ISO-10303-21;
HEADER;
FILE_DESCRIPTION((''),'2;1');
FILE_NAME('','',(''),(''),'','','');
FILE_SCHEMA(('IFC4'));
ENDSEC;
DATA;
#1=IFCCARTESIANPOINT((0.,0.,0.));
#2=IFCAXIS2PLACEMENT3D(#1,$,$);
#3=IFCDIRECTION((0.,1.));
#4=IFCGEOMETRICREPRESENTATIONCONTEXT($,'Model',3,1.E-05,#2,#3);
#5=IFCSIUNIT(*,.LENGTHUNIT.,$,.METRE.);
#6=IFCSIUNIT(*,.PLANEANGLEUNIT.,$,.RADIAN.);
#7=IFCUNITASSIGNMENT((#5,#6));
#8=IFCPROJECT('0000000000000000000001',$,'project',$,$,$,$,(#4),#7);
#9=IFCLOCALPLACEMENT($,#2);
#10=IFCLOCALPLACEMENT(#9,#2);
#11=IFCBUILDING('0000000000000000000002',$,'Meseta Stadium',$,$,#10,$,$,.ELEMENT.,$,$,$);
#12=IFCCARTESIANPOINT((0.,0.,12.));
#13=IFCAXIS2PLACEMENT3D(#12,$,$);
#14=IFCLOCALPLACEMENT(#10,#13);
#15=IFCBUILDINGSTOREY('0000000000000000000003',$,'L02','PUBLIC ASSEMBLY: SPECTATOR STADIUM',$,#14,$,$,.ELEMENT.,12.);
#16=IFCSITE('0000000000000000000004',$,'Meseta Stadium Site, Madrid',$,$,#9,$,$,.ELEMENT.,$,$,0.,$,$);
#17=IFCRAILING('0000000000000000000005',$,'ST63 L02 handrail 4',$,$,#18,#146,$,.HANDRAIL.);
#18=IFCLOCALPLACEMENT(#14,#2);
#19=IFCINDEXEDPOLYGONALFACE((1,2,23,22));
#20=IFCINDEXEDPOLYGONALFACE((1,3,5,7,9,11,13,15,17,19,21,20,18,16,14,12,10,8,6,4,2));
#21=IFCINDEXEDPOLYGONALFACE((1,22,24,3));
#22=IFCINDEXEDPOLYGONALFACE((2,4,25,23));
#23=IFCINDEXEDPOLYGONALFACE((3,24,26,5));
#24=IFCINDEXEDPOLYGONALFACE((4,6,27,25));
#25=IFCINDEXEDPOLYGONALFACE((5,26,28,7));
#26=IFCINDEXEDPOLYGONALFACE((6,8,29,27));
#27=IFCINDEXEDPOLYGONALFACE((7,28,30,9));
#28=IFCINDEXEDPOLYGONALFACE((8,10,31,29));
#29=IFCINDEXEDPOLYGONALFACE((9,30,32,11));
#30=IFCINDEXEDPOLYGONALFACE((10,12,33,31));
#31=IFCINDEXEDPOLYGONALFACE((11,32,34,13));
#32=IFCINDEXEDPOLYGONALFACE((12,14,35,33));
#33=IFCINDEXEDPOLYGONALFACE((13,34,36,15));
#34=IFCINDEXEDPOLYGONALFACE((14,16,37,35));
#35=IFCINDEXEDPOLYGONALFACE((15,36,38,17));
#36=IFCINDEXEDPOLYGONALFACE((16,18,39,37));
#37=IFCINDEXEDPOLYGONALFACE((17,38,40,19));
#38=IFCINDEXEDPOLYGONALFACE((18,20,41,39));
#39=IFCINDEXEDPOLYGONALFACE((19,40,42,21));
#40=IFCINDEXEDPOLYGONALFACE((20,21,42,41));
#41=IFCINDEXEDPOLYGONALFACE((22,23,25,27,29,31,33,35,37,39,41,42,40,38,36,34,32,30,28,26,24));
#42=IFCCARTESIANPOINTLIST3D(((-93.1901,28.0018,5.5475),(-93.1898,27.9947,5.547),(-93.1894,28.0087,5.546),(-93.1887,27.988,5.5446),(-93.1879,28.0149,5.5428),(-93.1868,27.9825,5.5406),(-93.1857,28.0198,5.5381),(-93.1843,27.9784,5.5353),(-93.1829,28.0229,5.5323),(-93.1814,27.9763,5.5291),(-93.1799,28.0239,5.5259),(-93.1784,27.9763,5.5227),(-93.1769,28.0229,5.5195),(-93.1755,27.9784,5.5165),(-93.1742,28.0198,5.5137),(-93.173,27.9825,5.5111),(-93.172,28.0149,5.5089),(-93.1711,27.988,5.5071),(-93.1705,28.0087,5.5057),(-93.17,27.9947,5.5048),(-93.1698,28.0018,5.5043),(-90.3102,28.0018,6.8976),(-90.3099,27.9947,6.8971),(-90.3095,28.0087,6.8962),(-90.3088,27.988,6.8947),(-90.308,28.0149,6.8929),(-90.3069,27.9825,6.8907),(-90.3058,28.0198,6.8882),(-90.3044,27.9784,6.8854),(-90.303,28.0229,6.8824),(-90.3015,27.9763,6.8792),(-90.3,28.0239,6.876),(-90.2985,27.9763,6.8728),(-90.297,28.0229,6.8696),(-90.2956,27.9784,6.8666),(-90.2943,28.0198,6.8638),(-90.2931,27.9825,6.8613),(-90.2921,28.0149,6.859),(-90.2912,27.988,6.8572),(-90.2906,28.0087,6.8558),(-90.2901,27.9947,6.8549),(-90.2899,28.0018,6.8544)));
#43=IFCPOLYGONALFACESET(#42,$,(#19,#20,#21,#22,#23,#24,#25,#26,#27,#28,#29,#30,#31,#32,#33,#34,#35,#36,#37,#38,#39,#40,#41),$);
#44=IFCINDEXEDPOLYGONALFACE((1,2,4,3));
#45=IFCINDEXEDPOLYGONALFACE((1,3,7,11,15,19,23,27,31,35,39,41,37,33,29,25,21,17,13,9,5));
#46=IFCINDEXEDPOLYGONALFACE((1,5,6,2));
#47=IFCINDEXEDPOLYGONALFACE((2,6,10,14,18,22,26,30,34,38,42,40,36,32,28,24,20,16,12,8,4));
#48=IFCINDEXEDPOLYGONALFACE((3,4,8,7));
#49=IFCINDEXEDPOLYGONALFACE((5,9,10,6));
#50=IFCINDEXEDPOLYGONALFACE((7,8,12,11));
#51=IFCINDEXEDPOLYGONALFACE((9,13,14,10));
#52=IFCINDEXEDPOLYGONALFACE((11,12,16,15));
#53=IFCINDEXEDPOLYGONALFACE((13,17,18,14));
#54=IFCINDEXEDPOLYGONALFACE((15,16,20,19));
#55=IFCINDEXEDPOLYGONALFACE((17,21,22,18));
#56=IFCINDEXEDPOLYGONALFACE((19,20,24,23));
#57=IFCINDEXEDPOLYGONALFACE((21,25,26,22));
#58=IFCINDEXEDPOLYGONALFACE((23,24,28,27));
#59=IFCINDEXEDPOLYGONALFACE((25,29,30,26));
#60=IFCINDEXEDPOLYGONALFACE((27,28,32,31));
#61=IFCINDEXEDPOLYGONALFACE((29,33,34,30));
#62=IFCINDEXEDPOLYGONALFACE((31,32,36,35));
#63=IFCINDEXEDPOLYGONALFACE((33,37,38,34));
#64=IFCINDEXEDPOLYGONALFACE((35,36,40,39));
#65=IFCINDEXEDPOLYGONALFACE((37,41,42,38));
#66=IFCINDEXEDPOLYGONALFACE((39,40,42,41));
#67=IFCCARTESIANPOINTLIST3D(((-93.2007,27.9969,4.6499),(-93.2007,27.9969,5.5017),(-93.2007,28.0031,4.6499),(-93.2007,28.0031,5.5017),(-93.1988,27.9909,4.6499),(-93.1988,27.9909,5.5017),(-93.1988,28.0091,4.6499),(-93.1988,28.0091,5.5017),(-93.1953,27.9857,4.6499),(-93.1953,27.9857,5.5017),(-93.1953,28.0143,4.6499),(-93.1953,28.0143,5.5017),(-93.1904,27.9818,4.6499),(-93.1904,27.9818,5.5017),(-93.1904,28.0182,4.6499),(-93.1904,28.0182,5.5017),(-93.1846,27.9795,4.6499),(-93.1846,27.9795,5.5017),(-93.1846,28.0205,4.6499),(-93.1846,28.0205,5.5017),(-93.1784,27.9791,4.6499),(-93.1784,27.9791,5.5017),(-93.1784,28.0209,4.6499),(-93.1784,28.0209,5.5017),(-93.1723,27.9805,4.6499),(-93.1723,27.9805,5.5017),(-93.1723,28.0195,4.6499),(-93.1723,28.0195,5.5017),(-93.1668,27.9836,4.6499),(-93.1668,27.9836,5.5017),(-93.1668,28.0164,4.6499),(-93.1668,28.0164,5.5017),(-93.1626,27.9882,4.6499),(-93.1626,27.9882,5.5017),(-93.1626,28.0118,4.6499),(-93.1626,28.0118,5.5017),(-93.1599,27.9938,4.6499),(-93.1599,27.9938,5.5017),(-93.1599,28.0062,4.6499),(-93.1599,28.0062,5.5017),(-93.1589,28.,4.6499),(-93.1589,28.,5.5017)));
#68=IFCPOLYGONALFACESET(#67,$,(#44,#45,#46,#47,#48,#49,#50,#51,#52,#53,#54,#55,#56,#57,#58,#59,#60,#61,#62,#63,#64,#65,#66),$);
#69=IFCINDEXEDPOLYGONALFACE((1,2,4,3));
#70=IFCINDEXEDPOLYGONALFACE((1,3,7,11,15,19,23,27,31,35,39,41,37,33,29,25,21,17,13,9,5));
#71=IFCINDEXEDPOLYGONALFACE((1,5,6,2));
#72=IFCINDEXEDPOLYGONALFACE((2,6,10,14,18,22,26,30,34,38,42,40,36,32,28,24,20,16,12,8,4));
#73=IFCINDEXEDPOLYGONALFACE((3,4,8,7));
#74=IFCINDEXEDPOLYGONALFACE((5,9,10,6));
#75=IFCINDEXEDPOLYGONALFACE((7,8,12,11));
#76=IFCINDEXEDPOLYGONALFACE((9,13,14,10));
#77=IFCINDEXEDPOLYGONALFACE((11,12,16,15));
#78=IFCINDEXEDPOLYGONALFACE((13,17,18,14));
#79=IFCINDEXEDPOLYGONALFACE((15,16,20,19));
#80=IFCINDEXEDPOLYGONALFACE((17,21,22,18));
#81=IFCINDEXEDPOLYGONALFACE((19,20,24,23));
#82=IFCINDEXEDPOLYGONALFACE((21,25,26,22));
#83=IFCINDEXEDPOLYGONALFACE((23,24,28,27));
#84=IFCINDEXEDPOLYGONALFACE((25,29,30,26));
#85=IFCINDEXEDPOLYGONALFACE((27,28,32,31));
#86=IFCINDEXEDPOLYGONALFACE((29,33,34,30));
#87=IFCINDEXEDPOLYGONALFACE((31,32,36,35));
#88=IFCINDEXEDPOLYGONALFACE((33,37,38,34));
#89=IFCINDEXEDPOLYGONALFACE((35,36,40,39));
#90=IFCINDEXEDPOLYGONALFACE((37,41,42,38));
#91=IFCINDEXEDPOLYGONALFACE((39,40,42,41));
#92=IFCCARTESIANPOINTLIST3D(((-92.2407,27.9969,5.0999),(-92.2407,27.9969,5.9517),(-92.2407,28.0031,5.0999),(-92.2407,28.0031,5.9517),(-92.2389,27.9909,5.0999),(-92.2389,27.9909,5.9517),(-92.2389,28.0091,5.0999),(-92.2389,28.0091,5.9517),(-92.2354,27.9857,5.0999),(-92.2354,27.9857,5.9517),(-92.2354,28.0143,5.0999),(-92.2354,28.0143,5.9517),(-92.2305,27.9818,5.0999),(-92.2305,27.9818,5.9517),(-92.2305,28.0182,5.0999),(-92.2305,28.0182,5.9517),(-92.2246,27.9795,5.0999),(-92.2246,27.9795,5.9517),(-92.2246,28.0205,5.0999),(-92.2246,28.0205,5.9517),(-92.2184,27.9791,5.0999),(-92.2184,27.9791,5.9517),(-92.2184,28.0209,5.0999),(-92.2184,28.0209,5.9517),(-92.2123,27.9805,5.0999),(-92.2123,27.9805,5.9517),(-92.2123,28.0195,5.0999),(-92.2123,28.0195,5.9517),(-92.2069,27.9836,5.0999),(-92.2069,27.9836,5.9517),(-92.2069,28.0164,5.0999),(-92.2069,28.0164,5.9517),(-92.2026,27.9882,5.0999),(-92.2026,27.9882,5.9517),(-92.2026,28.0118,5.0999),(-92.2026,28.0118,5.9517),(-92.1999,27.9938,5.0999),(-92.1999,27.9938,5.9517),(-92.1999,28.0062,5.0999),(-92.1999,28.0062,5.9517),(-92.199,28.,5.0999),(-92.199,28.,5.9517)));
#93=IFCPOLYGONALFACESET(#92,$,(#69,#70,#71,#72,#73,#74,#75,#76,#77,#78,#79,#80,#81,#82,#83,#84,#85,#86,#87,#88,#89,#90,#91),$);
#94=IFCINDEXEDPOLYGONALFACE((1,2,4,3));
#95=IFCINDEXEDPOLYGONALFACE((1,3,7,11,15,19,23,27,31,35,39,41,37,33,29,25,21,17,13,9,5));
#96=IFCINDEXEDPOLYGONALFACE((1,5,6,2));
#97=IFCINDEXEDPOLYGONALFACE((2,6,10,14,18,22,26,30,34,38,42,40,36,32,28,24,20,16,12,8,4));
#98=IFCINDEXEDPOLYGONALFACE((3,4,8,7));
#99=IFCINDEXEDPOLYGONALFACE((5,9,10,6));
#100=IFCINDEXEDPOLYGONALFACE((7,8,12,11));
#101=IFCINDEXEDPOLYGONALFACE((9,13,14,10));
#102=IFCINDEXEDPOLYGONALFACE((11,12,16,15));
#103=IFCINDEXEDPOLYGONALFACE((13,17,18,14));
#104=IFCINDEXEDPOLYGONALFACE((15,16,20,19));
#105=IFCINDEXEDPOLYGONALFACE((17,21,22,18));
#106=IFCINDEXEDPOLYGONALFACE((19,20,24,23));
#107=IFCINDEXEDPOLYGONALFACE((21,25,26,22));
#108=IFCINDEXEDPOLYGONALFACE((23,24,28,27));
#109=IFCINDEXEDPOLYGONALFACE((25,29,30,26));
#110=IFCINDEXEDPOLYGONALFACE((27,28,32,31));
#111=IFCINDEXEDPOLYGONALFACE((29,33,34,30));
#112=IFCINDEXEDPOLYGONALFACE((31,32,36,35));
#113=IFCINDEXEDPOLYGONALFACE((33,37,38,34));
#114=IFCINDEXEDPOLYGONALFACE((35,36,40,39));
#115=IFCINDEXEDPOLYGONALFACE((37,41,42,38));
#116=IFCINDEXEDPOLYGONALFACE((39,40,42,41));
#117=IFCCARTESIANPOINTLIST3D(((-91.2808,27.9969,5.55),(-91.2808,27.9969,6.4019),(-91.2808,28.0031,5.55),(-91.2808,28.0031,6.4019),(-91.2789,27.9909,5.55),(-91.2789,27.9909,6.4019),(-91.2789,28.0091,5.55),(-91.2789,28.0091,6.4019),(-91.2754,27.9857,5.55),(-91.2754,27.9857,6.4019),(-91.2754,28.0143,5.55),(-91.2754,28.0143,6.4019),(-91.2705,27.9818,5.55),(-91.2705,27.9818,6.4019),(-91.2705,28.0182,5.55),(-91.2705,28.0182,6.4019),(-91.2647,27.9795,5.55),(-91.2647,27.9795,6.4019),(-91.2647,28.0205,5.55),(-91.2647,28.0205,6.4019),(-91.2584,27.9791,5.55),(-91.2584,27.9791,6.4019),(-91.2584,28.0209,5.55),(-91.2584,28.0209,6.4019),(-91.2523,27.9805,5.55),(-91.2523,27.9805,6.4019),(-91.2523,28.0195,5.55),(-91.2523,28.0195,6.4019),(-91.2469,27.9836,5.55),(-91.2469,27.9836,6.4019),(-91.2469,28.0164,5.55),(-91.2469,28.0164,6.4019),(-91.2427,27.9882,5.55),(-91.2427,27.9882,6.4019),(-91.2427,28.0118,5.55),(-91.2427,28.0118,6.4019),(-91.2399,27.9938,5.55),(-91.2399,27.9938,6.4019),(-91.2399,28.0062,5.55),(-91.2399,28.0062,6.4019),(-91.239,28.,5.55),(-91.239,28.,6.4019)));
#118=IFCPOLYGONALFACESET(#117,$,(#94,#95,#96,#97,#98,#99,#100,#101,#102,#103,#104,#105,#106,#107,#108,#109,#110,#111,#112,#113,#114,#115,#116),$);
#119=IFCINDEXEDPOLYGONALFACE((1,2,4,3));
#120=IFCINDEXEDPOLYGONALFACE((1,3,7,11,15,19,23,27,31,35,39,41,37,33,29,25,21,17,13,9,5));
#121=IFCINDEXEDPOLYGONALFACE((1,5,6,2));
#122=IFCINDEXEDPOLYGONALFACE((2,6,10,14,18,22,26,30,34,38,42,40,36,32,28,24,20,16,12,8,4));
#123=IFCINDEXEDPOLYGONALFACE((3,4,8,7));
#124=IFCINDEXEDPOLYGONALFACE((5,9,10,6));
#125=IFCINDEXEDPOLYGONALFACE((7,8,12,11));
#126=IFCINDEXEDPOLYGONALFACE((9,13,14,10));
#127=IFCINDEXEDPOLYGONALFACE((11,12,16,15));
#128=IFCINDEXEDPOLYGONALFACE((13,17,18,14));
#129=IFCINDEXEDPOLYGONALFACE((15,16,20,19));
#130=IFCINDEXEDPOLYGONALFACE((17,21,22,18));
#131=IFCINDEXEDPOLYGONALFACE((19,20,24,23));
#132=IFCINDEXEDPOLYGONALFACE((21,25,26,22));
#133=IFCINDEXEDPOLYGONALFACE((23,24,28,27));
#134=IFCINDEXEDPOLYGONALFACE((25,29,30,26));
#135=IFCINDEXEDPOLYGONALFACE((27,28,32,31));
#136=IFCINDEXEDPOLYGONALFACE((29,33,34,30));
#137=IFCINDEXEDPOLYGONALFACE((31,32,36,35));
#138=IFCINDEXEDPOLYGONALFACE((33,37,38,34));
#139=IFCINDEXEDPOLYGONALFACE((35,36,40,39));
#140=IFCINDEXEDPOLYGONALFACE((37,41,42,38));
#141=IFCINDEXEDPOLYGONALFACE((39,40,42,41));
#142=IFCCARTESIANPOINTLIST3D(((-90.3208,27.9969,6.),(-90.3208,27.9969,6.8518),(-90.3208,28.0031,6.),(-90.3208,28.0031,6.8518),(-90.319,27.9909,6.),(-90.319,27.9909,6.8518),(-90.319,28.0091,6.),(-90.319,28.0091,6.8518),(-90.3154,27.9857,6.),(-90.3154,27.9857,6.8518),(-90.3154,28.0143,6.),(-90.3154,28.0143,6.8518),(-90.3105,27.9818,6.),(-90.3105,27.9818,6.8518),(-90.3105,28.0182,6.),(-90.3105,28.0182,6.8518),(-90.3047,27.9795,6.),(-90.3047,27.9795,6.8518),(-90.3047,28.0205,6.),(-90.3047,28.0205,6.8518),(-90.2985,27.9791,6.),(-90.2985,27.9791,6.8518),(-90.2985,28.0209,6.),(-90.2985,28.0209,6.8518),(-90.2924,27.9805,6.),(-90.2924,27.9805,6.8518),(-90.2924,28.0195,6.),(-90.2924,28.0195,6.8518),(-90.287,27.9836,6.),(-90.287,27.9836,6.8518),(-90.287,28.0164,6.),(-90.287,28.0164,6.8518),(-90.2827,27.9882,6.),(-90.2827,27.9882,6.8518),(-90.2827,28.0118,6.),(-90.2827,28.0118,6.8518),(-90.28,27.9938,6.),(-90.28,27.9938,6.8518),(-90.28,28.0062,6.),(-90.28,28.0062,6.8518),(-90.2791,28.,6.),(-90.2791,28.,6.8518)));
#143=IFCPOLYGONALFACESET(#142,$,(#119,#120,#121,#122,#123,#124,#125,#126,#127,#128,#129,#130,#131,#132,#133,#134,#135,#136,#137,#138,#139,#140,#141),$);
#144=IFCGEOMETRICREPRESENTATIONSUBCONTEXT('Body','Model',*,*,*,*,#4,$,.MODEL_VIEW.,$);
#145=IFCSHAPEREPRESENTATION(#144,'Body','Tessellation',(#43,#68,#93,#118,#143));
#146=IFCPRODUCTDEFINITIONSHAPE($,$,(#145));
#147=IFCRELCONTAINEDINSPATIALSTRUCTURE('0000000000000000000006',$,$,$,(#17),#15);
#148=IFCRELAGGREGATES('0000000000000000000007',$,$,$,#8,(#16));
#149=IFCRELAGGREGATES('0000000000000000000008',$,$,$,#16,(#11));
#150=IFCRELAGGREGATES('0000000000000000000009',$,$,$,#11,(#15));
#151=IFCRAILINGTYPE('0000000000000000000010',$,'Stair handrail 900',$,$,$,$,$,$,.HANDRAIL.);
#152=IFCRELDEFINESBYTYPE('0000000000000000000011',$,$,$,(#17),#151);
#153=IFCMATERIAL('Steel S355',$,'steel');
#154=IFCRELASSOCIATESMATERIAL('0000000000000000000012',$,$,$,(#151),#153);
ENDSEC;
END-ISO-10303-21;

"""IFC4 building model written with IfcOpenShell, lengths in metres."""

from ifc_helpers import new_model, si_unit, direction, frame, origin, origin_2d, place, context, subcontext, project, spatial, circle, extrude, material, type_object, element, save


model = new_model("IFC4")

# Units and contexts
model_context = context("Model", 3, precision=1e-05, world=origin(), true_north=direction((0.0, 1.0)))
body_context = subcontext(model_context, "Body", "Model", "MODEL_VIEW")
ifc_project = project(units=[si_unit("LENGTHUNIT", "METRE"), si_unit("PLANEANGLEUNIT", "RADIAN")], contexts=[model_context])

# Site, building, storey
site_placement = place(None, origin())
site = spatial("IfcSite", under=ifc_project, at=site_placement, Name="Meseta Stadium Site, Madrid", CompositionType="ELEMENT", RefElevation=0.0)
building_placement = place(site_placement, origin())
building = spatial("IfcBuilding", under=site, at=building_placement, Name="Meseta Stadium", CompositionType="ELEMENT")
storey_placement = place(building_placement, frame((0.0, 0.0, 12.0)))
storey = spatial("IfcBuildingStorey", under=building, at=storey_placement, Name="L02", Description="PUBLIC ASSEMBLY: SPECTATOR STADIUM", CompositionType="ELEMENT", Elevation=12.0)

# Railing
ifc_material_1 = material(Name="Steel S355", Category="steel")
railing_type_1 = type_object("IfcRailingType", Name="Stair handrail 900", PredefinedType="HANDRAIL", material=ifc_material_1)
for number, where, name in (
    (1, (-93.1799, 28.0, 4.6499), "ST63 L02 handrail 4"),
):
    element("IfcRailing", number, at=place(storey_placement, frame(where)), inside=storey, type_object=railing_type_1, Name=name, PredefinedType="HANDRAIL", context=body_context, shape_type="SweptSolid", body=[
        extrude(circle(Radius=0.0239, at=origin_2d()), frame((0.0, 0.0, 0.876), z_axis=(0.90544, 0.0, 0.424473), x_axis=(0.0, 1.0, 0.0)), (0.0, 0.0, 1.0), 3.1807),
        extrude(circle(Radius=0.021, at=origin_2d()), origin(), (0.0, 0.0, 1.0), 0.8518),
        extrude(circle(Radius=0.021, at=origin_2d()), frame((0.96, 0.0, 0.45)), (0.0, 0.0, 1.0), 0.8518),
        extrude(circle(Radius=0.021, at=origin_2d()), frame((1.9199, 0.0, 0.9001)), (0.0, 0.0, 1.0), 0.8518),
        extrude(circle(Radius=0.021, at=origin_2d()), frame((2.8799, 0.0, 1.3501)), (0.0, 0.0, 1.0), 0.8518),
    ])

save(model, "model.ifc")
